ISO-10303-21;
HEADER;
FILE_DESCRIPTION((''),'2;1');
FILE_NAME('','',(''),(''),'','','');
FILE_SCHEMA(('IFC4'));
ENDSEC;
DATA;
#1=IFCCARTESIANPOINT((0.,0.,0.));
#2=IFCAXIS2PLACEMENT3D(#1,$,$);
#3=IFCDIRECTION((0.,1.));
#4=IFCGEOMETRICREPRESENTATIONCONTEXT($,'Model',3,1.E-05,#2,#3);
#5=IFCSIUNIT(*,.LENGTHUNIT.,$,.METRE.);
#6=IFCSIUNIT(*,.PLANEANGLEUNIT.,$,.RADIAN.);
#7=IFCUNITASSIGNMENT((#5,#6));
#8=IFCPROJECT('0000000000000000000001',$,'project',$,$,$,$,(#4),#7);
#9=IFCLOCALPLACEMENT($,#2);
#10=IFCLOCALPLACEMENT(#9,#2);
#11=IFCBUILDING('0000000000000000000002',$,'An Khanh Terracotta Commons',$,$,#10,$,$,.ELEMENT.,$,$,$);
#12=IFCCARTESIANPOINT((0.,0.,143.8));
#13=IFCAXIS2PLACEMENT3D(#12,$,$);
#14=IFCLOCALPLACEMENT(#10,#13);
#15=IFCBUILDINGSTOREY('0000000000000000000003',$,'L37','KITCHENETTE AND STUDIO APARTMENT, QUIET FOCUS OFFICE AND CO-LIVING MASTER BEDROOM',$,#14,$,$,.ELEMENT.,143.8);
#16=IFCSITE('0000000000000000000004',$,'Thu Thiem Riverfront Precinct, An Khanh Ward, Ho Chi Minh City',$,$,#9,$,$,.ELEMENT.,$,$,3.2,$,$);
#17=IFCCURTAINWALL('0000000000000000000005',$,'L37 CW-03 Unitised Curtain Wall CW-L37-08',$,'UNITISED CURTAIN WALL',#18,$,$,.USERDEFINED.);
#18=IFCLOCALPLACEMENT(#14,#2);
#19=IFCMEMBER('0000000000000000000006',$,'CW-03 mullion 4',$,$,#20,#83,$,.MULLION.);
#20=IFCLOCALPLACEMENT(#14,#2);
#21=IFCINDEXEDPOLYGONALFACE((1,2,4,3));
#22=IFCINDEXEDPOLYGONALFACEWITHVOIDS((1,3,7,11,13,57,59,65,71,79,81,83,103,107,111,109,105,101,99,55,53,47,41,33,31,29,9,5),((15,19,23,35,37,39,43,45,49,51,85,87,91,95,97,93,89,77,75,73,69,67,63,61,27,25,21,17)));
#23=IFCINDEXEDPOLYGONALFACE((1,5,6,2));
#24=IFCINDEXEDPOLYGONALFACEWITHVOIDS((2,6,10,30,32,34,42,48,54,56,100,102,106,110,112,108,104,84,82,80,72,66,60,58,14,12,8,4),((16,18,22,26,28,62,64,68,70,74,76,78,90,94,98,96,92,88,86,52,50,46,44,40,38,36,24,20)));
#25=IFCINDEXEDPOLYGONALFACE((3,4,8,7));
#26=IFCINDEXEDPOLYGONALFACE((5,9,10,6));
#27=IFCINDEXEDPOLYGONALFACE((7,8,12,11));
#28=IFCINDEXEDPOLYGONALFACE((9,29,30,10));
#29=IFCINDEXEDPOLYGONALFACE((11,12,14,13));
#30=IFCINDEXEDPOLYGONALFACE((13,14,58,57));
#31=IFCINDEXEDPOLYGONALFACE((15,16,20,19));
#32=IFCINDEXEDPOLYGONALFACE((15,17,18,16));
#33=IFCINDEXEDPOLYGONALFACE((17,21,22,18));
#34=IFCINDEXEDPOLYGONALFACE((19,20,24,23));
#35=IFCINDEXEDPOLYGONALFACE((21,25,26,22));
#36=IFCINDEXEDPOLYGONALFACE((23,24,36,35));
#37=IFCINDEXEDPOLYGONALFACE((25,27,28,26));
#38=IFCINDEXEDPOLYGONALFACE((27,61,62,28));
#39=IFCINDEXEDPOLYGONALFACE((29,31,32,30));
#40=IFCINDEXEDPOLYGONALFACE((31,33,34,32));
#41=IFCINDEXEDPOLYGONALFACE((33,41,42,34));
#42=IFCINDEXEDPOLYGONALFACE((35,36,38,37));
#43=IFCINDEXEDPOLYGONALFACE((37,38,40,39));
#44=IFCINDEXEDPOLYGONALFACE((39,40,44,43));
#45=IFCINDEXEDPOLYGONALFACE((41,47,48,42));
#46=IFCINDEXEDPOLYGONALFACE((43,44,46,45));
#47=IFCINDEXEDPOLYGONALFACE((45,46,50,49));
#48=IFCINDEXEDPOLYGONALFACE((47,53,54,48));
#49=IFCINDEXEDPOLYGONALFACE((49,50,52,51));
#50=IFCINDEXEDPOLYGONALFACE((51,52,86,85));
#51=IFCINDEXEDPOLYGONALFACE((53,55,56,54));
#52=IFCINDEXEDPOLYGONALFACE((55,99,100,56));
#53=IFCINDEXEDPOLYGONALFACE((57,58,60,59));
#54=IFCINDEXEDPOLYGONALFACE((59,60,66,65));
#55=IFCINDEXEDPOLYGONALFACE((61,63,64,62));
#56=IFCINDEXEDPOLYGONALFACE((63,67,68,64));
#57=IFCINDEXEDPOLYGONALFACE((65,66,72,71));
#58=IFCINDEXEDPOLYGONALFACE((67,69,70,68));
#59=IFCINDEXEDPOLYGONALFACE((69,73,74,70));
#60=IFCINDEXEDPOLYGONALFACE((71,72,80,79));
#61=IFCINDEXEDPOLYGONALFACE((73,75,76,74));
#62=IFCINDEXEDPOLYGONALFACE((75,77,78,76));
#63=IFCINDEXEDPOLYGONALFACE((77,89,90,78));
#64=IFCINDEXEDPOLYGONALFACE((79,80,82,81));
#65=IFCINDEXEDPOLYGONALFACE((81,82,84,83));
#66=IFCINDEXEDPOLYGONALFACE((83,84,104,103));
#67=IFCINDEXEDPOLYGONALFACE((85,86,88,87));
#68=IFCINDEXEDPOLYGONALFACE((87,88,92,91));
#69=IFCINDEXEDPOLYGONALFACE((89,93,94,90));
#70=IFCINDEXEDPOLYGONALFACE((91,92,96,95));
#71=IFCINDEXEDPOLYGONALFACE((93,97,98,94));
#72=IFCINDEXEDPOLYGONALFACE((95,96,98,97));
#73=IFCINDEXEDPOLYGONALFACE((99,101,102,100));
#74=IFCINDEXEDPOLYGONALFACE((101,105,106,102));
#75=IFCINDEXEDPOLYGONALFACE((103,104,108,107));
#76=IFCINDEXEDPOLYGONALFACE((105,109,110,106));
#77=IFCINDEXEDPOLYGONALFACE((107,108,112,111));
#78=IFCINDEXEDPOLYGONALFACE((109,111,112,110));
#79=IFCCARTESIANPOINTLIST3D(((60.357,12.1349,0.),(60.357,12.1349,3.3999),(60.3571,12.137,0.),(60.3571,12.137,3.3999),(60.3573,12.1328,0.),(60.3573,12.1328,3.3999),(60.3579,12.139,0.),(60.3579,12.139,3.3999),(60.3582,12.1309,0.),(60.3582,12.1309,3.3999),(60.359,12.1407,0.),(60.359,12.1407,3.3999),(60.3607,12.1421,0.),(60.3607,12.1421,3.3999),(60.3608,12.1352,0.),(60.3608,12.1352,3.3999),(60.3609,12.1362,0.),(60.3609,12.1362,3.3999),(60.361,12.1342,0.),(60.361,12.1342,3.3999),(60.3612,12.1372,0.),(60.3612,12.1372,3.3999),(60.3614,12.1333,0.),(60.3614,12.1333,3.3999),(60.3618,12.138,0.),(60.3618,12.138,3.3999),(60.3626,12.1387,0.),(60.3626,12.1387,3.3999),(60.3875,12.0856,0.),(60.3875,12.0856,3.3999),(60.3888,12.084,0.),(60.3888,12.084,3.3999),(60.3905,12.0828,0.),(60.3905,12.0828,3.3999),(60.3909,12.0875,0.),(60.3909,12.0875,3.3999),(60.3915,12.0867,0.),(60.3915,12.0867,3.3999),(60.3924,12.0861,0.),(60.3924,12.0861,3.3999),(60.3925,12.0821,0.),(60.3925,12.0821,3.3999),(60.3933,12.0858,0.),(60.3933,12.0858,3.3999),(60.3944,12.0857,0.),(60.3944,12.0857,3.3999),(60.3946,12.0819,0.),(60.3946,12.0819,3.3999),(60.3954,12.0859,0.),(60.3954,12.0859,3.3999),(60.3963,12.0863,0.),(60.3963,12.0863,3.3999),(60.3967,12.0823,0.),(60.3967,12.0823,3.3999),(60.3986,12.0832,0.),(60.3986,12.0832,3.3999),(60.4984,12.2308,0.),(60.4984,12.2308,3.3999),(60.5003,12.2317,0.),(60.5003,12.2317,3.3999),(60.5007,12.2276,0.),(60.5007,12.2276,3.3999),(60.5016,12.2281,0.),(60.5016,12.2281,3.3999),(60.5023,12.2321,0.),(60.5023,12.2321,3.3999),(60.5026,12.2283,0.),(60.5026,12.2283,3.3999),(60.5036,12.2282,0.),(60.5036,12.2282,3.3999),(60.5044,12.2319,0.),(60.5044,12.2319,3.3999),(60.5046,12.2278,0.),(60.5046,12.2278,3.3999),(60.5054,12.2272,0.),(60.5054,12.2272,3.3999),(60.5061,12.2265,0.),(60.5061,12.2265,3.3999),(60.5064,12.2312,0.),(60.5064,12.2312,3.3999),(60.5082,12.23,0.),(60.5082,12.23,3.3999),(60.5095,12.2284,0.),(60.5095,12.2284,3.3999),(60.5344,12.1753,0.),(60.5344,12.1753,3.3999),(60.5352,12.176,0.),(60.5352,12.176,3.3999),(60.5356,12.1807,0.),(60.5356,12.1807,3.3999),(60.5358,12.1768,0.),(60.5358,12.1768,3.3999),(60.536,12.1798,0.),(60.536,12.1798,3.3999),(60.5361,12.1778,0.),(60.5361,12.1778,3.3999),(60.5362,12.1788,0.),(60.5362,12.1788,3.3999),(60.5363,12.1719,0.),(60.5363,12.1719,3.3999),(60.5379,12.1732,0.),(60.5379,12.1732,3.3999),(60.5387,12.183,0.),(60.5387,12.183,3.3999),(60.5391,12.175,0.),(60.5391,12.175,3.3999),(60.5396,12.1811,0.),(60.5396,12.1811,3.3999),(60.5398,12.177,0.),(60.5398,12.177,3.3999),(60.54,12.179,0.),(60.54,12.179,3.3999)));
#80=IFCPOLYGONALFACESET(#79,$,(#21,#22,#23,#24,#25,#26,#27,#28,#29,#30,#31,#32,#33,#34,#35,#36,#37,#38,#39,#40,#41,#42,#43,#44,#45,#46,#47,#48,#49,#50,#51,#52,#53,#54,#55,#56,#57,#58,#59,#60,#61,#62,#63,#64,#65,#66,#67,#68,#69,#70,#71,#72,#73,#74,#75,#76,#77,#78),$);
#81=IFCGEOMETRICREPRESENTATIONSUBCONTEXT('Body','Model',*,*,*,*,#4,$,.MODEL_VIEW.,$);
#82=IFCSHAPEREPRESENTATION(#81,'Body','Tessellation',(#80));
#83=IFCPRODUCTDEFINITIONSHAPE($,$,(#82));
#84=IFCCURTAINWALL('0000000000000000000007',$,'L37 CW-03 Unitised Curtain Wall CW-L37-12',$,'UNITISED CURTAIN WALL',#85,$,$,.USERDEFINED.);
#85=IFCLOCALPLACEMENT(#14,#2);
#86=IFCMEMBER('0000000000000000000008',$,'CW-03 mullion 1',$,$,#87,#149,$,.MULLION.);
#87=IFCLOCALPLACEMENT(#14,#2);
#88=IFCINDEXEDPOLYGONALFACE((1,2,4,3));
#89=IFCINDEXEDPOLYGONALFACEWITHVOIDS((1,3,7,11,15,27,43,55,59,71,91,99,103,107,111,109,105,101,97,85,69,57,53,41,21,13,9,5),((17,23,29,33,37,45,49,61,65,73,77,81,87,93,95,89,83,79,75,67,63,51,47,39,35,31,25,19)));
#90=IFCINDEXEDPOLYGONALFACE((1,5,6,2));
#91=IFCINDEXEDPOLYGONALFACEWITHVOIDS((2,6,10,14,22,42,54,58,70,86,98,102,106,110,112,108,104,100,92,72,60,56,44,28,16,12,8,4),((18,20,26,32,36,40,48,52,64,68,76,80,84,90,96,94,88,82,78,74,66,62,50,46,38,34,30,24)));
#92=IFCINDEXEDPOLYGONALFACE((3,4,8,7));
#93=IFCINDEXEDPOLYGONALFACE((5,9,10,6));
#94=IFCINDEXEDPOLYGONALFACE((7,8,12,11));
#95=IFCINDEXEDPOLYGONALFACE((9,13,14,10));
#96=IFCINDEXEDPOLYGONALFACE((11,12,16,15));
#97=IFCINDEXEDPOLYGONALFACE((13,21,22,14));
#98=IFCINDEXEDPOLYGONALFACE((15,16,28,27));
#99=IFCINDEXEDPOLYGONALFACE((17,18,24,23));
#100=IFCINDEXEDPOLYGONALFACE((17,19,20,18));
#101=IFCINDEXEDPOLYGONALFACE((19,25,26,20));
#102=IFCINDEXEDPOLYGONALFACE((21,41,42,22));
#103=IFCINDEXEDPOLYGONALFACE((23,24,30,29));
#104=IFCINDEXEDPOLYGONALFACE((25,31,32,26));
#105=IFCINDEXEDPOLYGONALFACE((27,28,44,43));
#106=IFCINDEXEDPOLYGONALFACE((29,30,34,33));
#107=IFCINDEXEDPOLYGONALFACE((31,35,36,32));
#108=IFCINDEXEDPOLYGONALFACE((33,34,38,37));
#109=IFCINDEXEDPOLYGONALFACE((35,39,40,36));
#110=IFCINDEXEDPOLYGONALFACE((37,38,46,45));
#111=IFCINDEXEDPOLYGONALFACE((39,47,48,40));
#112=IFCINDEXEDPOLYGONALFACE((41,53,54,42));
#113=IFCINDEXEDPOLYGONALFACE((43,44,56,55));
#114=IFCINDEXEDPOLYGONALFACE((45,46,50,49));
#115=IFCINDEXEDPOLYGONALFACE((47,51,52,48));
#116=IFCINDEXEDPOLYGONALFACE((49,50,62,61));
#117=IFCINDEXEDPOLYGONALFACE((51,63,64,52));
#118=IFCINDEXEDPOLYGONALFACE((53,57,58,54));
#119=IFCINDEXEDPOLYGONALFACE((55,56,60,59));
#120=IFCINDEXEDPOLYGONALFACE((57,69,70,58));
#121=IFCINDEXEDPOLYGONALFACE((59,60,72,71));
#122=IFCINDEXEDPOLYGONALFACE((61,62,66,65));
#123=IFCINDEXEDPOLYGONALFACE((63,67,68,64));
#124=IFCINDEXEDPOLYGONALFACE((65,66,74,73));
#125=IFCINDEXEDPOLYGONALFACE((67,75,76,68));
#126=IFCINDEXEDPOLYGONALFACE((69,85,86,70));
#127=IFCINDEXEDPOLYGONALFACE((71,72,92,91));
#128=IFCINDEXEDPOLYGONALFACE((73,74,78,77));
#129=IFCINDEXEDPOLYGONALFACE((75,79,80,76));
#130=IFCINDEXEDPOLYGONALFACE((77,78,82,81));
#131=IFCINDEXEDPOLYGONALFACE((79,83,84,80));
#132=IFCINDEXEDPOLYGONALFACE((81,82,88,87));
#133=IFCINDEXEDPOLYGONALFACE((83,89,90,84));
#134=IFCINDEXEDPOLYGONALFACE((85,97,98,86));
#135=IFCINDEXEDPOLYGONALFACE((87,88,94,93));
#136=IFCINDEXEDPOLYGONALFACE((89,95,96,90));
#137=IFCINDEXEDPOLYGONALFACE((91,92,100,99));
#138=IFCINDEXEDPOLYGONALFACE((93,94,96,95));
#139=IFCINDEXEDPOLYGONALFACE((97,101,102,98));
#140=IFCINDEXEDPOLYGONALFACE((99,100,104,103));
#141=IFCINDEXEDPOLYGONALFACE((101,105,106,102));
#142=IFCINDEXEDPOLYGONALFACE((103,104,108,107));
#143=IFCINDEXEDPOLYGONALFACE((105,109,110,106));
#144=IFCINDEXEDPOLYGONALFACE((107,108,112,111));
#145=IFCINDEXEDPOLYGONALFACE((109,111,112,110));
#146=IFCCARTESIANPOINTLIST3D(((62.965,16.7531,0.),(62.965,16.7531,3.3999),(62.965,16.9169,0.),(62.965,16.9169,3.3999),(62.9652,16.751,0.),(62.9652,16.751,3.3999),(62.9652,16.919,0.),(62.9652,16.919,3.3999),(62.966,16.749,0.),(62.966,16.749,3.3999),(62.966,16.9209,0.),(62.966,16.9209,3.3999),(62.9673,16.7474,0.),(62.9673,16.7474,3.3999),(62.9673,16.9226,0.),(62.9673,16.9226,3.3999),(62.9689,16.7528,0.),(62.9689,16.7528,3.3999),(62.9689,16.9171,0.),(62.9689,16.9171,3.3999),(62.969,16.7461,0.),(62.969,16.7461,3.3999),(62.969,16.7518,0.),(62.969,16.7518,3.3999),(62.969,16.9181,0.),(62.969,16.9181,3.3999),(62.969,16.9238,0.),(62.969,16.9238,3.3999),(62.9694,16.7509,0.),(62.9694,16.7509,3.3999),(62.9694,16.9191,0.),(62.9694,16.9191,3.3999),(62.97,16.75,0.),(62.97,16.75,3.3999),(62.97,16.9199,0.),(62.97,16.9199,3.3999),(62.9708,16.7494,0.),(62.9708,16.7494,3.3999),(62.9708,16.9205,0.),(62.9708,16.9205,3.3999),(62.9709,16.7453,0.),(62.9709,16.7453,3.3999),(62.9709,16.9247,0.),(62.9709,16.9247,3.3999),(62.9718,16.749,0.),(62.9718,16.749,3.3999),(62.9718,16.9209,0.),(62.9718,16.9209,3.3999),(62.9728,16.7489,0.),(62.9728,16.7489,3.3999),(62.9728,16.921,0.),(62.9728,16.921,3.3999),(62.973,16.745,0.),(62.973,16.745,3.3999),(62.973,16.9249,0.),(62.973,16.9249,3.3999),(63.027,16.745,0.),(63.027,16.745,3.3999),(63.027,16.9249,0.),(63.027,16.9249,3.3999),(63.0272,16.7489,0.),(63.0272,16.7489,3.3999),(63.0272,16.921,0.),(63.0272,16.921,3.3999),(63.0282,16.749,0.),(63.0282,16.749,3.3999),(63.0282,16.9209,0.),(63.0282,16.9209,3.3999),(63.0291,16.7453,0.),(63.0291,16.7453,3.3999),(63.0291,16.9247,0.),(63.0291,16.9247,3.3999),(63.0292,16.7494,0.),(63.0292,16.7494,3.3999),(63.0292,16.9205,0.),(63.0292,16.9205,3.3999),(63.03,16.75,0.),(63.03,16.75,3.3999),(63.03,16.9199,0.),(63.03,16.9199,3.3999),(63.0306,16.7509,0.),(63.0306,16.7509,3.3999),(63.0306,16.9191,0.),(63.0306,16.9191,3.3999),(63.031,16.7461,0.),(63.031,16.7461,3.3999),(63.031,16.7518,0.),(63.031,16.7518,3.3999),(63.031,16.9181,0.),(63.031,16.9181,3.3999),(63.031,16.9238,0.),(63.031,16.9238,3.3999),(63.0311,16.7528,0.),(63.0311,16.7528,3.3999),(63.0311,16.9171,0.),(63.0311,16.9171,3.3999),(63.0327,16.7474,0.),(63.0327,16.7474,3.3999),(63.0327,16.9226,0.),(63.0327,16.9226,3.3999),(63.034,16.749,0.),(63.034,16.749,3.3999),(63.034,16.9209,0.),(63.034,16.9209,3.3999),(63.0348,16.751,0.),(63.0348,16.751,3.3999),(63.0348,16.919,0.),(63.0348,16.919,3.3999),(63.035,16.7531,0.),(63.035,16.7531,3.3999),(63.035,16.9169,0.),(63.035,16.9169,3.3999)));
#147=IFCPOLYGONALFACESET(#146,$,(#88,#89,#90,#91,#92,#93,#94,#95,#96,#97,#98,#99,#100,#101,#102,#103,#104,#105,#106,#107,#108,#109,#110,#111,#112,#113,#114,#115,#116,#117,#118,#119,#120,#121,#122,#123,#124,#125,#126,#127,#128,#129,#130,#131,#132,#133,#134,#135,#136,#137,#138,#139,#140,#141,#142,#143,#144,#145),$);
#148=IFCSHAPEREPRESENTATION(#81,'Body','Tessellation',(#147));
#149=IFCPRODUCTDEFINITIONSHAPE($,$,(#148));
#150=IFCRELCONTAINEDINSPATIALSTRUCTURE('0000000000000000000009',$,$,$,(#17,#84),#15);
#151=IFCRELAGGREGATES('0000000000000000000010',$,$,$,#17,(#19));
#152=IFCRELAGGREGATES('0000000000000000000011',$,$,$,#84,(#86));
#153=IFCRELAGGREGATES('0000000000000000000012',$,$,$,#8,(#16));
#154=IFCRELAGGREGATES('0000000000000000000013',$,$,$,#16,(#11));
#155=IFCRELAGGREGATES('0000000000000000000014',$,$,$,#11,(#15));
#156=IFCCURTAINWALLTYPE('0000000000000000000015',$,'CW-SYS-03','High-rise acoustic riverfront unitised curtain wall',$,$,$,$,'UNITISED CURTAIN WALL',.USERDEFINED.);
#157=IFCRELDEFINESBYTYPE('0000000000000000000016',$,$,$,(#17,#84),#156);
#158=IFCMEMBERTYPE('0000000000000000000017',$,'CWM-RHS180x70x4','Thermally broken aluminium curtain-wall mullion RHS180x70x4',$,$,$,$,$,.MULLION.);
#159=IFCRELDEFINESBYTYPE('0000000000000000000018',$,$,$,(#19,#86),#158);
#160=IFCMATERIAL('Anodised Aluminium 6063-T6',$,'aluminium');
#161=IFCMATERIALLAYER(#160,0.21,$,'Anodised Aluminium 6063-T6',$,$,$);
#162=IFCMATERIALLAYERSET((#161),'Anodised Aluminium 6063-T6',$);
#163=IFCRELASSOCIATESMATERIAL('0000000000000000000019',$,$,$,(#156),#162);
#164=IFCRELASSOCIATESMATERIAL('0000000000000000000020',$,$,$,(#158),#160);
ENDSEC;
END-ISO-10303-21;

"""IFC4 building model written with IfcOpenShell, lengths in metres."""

from ifc_helpers import new_model, si_unit, direction, frame, origin, origin_2d, place, context, subcontext, project, spatial, hollow_rectangle, extrude, material, layer, layer_set, material_profile, profile_set, type_object, element, aggregate, save


model = new_model("IFC4")

# Units and contexts
model_context = context("Model", 3, precision=1e-05, world=origin(), true_north=direction((0.0, 1.0)))
body_context = subcontext(model_context, "Body", "Model", "MODEL_VIEW")
ifc_project = project(units=[si_unit("LENGTHUNIT", "METRE"), si_unit("PLANEANGLEUNIT", "RADIAN")], contexts=[model_context])

# Site, building, storey
site_placement = place(None, origin())
site = spatial("IfcSite", under=ifc_project, at=site_placement, Name="Thu Thiem Riverfront Precinct, An Khanh Ward, Ho Chi Minh City", CompositionType="ELEMENT", RefElevation=3.2)
building_placement = place(site_placement, origin())
building = spatial("IfcBuilding", under=site, at=building_placement, Name="An Khanh Terracotta Commons", CompositionType="ELEMENT")
storey_placement = place(building_placement, frame((0.0, 0.0, 143.8)))
storey = spatial("IfcBuildingStorey", under=building, at=storey_placement, Name="L37", Description="KITCHENETTE AND STUDIO APARTMENT, QUIET FOCUS OFFICE AND CO-LIVING MASTER BEDROOM", CompositionType="ELEMENT", Elevation=143.8)

# Curtain walls, members
ifc_material_1 = material(Name="Anodised Aluminium 6063-T6", Category="aluminium")
ifc_layer_1 = layer(ifc_material_1, 0.21, Name="Anodised Aluminium 6063-T6")
ifc_layer_set_1 = layer_set([ifc_layer_1], Name="Anodised Aluminium 6063-T6")
curtain_wall_type = type_object("IfcCurtainWallType", Name="CW-SYS-03", Description="High-rise acoustic riverfront unitised curtain wall", ElementType="UNITISED CURTAIN WALL", PredefinedType="USERDEFINED", material=ifc_layer_set_1)
curtain_wall_1_placement = place(storey_placement, origin())
curtain_wall_1 = element("IfcCurtainWall", 1, at=curtain_wall_1_placement, inside=storey, type_object=curtain_wall_type, Name="L37 CW-03 Unitised Curtain Wall CW-L37-08", ObjectType="UNITISED CURTAIN WALL", PredefinedType="USERDEFINED")
ifc_material_profile_1 = material_profile(ifc_material_1, hollow_rectangle(XDim=0.0701, YDim=0.1799, WallThickness=0.0039, InnerFilletRadius=0.0039, OuterFilletRadius=0.0081, at=origin_2d()), Name="RHS180x70x4")
ifc_profile_set_1 = profile_set([ifc_material_profile_1], Name="Anodised Aluminium 6063-T6")
member_type_1 = type_object("IfcMemberType", Name="CWM-RHS180x70x4", Description="Thermally broken aluminium curtain-wall mullion RHS180x70x4", PredefinedType="MULLION", material=ifc_profile_set_1)
member_1_placement = place(storey_placement, frame((60.4485, 12.157, 0.0), z_axis=(0.0, 0.0, 1.0), x_axis=(-0.541498, 0.840702, 0.0)))
member_1 = element("IfcMember", 2, at=member_1_placement, type_object=member_type_1, Name="CW-03 mullion 4", PredefinedType="MULLION", context=body_context, shape_type="SweptSolid", body=[
    extrude(hollow_rectangle(XDim=0.0701, YDim=0.1799, WallThickness=0.0039, InnerFilletRadius=0.0039, OuterFilletRadius=0.0081, at=origin_2d()), origin(), (0.0, 0.0, 1.0), 3.3999),
])
curtain_wall_2_placement = place(storey_placement, origin())
curtain_wall_2 = element("IfcCurtainWall", 3, at=curtain_wall_2_placement, inside=storey, type_object=curtain_wall_type, Name="L37 CW-03 Unitised Curtain Wall CW-L37-12", ObjectType="UNITISED CURTAIN WALL", PredefinedType="USERDEFINED")
member_2_placement = place(storey_placement, frame((63.0, 16.835, 0.0), z_axis=(0.0, 0.0, 1.0), x_axis=(-1.0, 0.0, 0.0)))
member_2 = element("IfcMember", 4, at=member_2_placement, type_object=member_type_1, Name="CW-03 mullion 1", PredefinedType="MULLION", context=body_context, shape_type="SweptSolid", body=[
    extrude(hollow_rectangle(XDim=0.0701, YDim=0.1799, WallThickness=0.0039, InnerFilletRadius=0.0039, OuterFilletRadius=0.0081, at=origin_2d()), origin(), (0.0, 0.0, 1.0), 3.3999),
])

aggregate(curtain_wall_1, [member_1])
aggregate(curtain_wall_2, [member_2])

save(model, "model.ifc")
